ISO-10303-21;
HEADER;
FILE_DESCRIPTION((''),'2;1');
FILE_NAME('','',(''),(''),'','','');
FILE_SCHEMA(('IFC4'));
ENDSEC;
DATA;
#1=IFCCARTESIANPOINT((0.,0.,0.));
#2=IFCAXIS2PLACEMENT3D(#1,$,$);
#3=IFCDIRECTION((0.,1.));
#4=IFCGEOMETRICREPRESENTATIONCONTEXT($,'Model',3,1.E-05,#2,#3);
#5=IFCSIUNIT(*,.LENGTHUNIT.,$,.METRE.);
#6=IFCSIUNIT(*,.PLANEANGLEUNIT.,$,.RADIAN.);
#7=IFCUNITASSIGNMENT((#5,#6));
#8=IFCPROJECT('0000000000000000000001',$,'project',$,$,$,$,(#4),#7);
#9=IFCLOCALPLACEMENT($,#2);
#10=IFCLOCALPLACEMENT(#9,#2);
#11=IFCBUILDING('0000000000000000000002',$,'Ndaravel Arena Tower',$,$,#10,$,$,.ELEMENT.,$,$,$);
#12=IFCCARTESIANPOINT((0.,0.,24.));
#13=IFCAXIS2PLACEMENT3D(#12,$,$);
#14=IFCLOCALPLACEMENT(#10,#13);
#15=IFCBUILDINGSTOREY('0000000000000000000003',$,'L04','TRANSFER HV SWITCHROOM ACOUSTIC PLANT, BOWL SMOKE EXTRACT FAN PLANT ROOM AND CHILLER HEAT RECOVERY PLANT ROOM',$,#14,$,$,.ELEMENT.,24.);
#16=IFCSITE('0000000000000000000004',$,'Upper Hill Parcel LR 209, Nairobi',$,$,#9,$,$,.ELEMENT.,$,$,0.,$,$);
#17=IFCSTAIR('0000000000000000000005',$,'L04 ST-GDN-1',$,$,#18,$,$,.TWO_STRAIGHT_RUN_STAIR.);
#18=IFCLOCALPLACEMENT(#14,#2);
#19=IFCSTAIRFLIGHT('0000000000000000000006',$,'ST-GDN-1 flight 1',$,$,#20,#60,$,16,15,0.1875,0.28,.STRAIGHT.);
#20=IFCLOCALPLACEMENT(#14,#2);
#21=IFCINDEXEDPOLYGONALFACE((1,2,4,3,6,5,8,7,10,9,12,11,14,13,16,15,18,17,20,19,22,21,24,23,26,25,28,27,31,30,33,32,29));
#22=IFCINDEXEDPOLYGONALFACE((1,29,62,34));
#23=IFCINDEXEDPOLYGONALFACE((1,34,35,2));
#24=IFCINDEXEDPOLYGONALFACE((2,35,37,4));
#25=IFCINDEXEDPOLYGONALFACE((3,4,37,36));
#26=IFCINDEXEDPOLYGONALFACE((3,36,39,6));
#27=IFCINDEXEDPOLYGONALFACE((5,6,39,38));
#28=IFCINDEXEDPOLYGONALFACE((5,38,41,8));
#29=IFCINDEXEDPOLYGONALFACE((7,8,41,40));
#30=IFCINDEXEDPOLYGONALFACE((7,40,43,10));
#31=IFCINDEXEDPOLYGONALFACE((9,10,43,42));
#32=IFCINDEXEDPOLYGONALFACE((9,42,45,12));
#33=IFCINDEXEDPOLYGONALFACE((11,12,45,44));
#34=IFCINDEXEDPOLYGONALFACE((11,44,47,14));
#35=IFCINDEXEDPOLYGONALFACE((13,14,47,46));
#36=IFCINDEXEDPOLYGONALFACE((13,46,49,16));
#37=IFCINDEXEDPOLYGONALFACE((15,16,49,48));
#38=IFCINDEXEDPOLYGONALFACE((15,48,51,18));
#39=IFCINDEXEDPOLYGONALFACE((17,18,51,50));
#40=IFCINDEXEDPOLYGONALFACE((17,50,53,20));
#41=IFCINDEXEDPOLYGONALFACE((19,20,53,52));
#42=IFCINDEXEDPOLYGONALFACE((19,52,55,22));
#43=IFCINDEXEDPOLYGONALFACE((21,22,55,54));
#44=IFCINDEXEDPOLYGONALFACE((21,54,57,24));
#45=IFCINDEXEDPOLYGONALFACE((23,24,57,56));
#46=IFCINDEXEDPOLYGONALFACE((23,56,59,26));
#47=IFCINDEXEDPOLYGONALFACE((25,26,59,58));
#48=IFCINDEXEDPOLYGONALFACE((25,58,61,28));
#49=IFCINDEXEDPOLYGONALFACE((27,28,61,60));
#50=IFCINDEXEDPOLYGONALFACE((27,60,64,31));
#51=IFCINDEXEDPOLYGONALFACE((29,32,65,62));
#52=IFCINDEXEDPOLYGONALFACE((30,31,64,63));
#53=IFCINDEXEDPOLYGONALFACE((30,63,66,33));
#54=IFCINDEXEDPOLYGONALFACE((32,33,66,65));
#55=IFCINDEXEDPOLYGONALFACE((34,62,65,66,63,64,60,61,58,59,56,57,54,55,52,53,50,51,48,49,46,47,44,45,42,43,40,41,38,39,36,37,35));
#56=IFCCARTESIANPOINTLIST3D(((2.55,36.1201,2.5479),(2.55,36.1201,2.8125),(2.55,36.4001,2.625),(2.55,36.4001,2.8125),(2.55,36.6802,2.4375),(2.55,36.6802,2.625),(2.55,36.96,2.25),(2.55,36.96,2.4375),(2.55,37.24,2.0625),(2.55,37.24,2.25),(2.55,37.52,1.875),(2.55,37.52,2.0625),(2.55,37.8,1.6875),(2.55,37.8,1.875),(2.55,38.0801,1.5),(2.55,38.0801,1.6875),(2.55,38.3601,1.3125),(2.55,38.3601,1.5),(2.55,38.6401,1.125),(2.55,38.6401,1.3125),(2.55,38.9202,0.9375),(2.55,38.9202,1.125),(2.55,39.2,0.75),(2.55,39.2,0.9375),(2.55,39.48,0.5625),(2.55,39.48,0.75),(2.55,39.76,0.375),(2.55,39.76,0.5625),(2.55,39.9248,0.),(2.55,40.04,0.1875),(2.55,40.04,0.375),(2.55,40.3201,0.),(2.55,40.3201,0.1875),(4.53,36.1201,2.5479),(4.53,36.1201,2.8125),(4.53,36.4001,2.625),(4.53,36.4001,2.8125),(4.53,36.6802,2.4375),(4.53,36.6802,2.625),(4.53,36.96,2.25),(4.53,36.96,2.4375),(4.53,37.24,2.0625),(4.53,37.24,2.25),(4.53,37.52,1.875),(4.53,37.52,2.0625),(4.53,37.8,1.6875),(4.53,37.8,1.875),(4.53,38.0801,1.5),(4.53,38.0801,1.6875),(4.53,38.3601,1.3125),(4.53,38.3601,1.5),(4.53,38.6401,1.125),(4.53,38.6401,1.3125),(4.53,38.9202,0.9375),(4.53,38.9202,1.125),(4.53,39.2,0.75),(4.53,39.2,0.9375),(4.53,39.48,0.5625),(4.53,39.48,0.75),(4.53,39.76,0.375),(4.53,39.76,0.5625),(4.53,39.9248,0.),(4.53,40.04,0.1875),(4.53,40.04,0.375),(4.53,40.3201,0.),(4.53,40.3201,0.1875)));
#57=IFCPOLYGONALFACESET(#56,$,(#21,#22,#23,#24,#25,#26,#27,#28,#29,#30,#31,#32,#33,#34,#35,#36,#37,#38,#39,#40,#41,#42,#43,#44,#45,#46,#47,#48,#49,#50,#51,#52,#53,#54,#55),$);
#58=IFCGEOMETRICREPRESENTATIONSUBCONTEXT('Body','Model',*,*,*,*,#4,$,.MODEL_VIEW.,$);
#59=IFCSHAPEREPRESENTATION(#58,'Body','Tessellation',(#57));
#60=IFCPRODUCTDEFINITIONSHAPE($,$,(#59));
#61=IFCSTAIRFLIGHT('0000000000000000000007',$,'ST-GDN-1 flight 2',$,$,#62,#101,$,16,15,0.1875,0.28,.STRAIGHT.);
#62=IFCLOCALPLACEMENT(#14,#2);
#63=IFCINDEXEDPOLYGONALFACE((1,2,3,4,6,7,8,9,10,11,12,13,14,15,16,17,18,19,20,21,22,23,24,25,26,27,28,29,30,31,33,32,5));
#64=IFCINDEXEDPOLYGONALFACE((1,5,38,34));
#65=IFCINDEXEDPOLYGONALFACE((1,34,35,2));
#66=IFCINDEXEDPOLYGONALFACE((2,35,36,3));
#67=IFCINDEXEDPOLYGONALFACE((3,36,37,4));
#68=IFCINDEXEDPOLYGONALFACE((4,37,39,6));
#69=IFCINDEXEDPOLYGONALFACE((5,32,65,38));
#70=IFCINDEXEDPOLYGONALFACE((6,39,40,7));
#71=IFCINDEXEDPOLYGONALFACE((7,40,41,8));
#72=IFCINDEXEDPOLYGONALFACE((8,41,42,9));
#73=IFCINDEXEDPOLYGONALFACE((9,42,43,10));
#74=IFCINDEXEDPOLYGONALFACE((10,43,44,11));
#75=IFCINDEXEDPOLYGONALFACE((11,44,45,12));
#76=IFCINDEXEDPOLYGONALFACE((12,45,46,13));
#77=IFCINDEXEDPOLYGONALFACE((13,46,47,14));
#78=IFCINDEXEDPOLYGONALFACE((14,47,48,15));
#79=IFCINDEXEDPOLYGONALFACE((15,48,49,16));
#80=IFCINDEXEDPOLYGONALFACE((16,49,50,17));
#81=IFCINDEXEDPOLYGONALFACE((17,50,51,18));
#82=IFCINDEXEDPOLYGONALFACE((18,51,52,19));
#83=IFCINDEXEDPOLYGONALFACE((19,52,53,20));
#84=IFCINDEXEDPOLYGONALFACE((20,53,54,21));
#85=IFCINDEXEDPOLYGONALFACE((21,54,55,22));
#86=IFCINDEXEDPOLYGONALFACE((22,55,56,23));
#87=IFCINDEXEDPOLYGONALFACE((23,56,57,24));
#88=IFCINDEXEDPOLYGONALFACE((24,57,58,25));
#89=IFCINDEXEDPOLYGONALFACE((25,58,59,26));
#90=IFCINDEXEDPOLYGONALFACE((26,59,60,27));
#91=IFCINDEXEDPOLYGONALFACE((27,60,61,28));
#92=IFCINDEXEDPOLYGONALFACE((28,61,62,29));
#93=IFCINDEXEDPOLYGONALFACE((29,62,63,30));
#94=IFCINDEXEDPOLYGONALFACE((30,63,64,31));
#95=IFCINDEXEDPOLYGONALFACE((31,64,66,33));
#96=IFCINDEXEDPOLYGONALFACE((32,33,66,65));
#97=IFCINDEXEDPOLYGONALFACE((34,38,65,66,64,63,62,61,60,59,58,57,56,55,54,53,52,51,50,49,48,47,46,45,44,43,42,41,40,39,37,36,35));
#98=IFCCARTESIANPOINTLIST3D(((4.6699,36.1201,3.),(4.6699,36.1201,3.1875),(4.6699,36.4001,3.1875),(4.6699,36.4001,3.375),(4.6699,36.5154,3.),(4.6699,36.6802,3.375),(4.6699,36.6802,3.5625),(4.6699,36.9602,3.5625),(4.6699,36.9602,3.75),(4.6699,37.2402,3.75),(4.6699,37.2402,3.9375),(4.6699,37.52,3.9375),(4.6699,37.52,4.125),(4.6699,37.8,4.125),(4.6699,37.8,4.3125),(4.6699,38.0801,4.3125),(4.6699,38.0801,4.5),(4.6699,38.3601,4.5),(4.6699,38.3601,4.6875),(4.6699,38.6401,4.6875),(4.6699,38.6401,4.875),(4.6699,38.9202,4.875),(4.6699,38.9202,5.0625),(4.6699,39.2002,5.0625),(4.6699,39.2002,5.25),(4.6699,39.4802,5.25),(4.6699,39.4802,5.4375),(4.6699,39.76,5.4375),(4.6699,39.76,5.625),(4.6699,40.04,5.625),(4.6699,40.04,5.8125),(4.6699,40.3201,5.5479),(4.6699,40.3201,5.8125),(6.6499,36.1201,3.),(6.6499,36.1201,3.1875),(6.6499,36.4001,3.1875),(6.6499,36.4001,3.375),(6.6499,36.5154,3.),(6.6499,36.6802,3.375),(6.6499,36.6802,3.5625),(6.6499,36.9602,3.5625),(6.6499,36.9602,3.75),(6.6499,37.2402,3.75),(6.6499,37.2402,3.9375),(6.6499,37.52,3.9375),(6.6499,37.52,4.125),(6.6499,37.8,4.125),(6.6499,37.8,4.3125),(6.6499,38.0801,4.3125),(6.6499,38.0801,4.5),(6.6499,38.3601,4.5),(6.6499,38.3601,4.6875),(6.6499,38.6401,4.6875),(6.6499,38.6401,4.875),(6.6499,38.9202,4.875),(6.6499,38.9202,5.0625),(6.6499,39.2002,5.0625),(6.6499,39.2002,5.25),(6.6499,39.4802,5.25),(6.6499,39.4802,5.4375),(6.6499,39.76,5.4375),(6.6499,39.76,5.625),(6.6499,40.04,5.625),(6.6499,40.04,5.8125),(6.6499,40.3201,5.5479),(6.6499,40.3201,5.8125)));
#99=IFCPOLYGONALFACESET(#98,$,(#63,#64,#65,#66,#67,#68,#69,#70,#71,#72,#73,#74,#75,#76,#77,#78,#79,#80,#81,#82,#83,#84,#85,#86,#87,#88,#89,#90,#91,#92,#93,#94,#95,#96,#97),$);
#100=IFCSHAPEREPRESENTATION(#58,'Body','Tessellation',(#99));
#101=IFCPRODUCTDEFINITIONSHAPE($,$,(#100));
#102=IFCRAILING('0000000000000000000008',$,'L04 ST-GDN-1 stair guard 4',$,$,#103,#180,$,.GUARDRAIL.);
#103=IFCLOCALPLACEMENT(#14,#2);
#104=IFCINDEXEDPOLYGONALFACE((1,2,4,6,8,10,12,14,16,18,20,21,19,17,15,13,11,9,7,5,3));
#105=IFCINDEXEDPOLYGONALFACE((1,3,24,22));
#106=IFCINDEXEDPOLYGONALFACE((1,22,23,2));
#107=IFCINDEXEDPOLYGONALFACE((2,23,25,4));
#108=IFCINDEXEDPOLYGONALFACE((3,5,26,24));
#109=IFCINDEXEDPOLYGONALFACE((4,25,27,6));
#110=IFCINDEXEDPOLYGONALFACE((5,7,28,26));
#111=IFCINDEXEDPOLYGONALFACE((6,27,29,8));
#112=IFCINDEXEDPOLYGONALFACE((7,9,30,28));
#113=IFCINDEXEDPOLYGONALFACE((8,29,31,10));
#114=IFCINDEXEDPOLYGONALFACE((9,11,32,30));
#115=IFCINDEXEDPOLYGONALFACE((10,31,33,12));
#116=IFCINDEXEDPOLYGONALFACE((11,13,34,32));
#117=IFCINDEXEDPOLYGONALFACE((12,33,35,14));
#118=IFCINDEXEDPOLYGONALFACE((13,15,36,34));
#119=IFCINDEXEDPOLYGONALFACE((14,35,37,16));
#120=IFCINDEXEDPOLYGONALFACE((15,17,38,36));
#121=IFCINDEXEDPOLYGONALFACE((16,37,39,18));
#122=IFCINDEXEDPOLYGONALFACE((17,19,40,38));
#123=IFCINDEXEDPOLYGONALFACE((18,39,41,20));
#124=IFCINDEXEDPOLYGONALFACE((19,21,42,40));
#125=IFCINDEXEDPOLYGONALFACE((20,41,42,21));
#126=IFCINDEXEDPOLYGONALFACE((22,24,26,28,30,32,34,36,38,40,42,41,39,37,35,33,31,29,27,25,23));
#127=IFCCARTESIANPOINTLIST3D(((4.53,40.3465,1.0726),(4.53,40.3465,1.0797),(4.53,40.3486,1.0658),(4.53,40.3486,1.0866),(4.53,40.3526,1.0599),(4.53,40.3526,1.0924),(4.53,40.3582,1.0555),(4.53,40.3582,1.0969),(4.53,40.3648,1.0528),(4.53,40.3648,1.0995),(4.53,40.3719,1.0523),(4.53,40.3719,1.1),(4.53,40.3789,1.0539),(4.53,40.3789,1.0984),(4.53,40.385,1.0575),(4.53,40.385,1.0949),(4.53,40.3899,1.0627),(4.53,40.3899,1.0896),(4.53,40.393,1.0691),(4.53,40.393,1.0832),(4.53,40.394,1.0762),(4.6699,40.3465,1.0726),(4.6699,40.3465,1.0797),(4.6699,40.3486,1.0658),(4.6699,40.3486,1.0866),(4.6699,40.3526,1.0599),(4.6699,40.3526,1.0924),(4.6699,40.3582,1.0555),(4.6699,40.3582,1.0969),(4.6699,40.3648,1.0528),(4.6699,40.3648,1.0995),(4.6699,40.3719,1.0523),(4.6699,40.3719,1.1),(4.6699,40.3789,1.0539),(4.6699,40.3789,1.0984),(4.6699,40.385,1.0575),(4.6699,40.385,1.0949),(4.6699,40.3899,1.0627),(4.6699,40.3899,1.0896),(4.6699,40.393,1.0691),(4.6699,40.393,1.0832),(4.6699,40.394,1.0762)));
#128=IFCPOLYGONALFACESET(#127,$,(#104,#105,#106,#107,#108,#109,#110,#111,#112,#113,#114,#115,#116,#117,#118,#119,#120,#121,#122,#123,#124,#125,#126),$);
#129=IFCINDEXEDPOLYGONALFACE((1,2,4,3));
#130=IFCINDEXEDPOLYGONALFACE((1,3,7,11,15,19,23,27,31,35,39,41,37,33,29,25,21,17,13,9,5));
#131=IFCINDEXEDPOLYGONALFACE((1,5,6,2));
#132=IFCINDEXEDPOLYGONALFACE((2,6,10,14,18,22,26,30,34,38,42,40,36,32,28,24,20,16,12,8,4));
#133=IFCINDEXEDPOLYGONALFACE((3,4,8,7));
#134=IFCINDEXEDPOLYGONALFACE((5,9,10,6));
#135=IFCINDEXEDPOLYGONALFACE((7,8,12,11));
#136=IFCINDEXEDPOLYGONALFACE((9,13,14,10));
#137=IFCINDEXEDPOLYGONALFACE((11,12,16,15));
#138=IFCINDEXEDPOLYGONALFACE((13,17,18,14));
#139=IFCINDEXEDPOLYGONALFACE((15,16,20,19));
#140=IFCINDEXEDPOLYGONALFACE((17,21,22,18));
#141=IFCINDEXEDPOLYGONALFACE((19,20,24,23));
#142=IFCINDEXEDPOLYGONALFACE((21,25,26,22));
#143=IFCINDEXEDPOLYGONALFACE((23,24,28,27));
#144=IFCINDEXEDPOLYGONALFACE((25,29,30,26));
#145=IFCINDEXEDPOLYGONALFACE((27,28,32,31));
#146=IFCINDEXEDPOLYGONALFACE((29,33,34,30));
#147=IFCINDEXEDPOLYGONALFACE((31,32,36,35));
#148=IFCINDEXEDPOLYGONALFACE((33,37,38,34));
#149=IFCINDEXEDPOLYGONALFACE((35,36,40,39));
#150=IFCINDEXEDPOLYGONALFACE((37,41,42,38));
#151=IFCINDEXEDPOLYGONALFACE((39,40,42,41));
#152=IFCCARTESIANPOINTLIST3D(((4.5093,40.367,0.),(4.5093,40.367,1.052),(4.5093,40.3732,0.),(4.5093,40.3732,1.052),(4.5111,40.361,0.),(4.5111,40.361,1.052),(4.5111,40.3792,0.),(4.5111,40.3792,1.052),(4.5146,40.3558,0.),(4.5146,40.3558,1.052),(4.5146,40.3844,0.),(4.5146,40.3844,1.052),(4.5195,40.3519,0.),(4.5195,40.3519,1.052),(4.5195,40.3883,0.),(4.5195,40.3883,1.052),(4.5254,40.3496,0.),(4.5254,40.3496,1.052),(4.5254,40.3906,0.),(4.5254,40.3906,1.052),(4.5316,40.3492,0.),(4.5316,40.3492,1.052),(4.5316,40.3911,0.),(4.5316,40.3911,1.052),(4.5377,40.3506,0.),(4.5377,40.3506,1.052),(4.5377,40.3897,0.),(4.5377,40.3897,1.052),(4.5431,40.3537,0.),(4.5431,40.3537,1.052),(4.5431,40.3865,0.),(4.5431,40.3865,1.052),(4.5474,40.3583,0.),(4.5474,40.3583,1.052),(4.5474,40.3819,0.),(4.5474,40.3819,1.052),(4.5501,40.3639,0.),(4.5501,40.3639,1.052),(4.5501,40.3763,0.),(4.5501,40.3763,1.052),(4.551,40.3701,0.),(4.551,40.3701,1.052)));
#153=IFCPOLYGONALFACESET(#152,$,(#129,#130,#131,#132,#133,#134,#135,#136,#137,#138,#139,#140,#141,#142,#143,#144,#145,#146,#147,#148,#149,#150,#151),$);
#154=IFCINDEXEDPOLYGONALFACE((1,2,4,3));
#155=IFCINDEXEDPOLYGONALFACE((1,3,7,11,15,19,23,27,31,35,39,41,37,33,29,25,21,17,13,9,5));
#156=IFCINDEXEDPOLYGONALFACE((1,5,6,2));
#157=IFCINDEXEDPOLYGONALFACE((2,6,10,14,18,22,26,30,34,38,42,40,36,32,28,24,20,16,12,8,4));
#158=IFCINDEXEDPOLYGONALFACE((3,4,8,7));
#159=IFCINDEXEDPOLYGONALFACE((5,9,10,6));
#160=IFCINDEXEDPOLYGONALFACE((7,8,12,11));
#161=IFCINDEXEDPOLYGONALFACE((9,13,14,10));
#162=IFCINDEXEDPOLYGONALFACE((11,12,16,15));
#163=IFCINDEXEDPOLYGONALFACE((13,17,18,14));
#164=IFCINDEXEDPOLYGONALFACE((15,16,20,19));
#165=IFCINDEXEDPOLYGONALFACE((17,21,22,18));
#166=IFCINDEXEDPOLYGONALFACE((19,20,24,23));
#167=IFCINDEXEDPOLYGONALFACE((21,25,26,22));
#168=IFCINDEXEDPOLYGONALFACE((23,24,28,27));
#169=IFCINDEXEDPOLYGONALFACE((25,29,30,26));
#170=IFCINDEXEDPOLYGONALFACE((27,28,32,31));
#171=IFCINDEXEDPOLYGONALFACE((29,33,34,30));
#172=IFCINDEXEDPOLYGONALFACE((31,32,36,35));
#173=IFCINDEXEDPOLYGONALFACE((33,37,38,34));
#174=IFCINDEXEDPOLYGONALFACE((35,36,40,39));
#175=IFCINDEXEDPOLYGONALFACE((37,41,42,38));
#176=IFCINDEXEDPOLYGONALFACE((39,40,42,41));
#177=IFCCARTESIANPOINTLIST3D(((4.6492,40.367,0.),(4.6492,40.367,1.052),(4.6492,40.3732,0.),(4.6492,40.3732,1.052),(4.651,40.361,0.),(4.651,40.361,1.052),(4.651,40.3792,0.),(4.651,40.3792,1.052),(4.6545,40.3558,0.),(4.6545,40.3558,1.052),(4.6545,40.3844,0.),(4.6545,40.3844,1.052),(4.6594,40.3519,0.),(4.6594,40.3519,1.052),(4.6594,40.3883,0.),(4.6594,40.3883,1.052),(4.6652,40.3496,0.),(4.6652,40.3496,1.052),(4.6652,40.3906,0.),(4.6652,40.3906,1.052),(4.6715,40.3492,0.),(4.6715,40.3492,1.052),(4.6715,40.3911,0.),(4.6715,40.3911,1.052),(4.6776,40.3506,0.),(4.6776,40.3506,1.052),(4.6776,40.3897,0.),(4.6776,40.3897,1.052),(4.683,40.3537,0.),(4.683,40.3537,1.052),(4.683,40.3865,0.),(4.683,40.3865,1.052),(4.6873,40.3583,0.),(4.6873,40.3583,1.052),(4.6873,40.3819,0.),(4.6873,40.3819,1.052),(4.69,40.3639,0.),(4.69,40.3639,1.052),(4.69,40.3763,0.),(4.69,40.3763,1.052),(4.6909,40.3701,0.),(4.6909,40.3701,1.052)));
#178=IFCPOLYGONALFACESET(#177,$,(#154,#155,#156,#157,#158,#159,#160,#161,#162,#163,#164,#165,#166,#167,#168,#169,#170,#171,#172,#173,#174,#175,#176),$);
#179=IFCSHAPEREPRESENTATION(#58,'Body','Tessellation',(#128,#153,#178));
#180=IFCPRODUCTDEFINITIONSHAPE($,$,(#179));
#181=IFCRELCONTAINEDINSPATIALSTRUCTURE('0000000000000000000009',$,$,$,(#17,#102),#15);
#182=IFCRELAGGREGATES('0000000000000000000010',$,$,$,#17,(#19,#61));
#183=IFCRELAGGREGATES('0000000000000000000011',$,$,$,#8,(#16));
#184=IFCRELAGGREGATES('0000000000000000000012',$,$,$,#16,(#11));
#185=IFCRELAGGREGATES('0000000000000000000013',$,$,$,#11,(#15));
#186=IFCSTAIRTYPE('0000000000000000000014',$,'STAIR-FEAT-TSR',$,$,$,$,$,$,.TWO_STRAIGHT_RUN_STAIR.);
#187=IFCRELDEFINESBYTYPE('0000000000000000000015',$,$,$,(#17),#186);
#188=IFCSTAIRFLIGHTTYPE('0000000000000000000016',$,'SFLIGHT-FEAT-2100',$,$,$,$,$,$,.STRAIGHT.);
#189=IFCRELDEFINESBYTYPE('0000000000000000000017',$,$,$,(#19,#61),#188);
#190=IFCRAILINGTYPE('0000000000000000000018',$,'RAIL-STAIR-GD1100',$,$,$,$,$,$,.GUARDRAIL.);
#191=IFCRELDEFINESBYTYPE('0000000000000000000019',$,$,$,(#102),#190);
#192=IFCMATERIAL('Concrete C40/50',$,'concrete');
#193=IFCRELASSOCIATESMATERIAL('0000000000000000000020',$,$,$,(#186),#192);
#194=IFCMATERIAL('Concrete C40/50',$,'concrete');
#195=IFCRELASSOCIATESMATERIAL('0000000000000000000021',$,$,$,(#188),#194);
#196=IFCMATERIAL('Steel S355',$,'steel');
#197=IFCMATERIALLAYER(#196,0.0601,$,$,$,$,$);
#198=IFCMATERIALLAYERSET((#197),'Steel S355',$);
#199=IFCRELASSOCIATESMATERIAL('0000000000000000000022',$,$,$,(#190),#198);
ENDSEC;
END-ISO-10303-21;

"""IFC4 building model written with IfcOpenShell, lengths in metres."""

from ifc_helpers import new_model, si_unit, direction, frame, origin, origin_2d, place, context, subcontext, project, spatial, polyline, circle, outline, extrude, material, layer, layer_set, type_object, element, aggregate, save


model = new_model("IFC4")

# Units and contexts
model_context = context("Model", 3, precision=1e-05, world=origin(), true_north=direction((0.0, 1.0)))
body_context = subcontext(model_context, "Body", "Model", "MODEL_VIEW")
ifc_project = project(units=[si_unit("LENGTHUNIT", "METRE"), si_unit("PLANEANGLEUNIT", "RADIAN")], contexts=[model_context])

# Site, building, storey
site_placement = place(None, origin())
site = spatial("IfcSite", under=ifc_project, at=site_placement, Name="Upper Hill Parcel LR 209, Nairobi", CompositionType="ELEMENT", RefElevation=0.0)
building_placement = place(site_placement, origin())
building = spatial("IfcBuilding", under=site, at=building_placement, Name="Ndaravel Arena Tower", CompositionType="ELEMENT")
storey_placement = place(building_placement, frame((0.0, 0.0, 24.0)))
storey = spatial("IfcBuildingStorey", under=building, at=storey_placement, Name="L04", Description="TRANSFER HV SWITCHROOM ACOUSTIC PLANT, BOWL SMOKE EXTRACT FAN PLANT ROOM AND CHILLER HEAT RECOVERY PLANT ROOM", CompositionType="ELEMENT", Elevation=24.0)

# Stair, stair flights
ifc_material_1 = material(Name="Concrete C40/50", Category="concrete")
stair_type = type_object("IfcStairType", Name="STAIR-FEAT-TSR", PredefinedType="TWO_STRAIGHT_RUN_STAIR", material=ifc_material_1)
stair_placement = place(storey_placement, origin())
stair = element("IfcStair", 1, at=stair_placement, inside=storey, type_object=stair_type, Name="L04 ST-GDN-1", PredefinedType="TWO_STRAIGHT_RUN_STAIR")
ifc_material_2 = material(Name="Concrete C40/50", Category="concrete")
stair_flight_type = type_object("IfcStairFlightType", Name="SFLIGHT-FEAT-2100", PredefinedType="STRAIGHT", material=ifc_material_2)
stair_flight_1_placement = place(storey_placement, frame((3.54, 40.3201, 0.0), z_axis=(0.0, 0.0, 1.0), x_axis=(0.0, -1.0, 0.0)))
stair_flight_1 = element("IfcStairFlight", 2, at=stair_flight_1_placement, type_object=stair_flight_type, Name="ST-GDN-1 flight 1", NumberOfRisers=16, NumberOfTreads=15, PredefinedType="STRAIGHT", RiserHeight=0.1875, TreadLength=0.28, context=body_context, shape_type="SweptSolid", body=[
    extrude(outline(polyline([(0.0, 0.0), (0.0, 0.1875), (0.28, 0.1875), (0.28, 0.375), (0.5601, 0.375), (0.5601, 0.5625), (0.8401, 0.5625), (0.8401, 0.75), (1.1201, 0.75), (1.1201, 0.9375), (1.3999, 0.9375), (1.3999, 1.125), (1.6799, 1.125), (1.6799, 1.3125), (1.96, 1.3125), (1.96, 1.5), (2.24, 1.5), (2.24, 1.6875), (2.52, 1.6875), (2.52, 1.875), (2.8, 1.875), (2.8, 2.0625), (3.0801, 2.0625), (3.0801, 2.25), (3.3601, 2.25), (3.3601, 2.4375), (3.6399, 2.4375), (3.6399, 2.625), (3.9199, 2.625), (3.9199, 2.8125), (4.2, 2.8125), (4.2, 3.0), (4.2, 2.5479), (0.3953, 0.0), (0.0, 0.0)])), frame((0.0, 0.99, 0.0), z_axis=(0.0, -1.0, 0.0), x_axis=(1.0, 0.0, 0.0)), (0.0, 0.0, 1.0), 1.98),
])
stair_flight_2_placement = place(storey_placement, frame((5.6599, 36.1201, 3.0), z_axis=(0.0, 0.0, 1.0), x_axis=(0.0, 1.0, 0.0)))
stair_flight_2 = element("IfcStairFlight", 3, at=stair_flight_2_placement, type_object=stair_flight_type, Name="ST-GDN-1 flight 2", NumberOfRisers=16, NumberOfTreads=15, PredefinedType="STRAIGHT", RiserHeight=0.1875, TreadLength=0.28, context=body_context, shape_type="SweptSolid", body=[
    extrude(outline(polyline([(0.0, 0.0), (0.0, 0.1875), (0.28, 0.1875), (0.28, 0.375), (0.5601, 0.375), (0.5601, 0.5625), (0.8401, 0.5625), (0.8401, 0.75), (1.1201, 0.75), (1.1201, 0.9375), (1.3999, 0.9375), (1.3999, 1.125), (1.6799, 1.125), (1.6799, 1.3125), (1.96, 1.3125), (1.96, 1.5), (2.24, 1.5), (2.24, 1.6875), (2.52, 1.6875), (2.52, 1.875), (2.8, 1.875), (2.8, 2.0625), (3.0801, 2.0625), (3.0801, 2.25), (3.3601, 2.25), (3.3601, 2.4375), (3.6399, 2.4375), (3.6399, 2.625), (3.9199, 2.625), (3.9199, 2.8125), (4.2, 2.8125), (4.2, 3.0), (4.2, 2.5479), (0.3953, 0.0), (0.0, 0.0)])), frame((0.0, 0.99, 0.0), z_axis=(0.0, -1.0, 0.0), x_axis=(1.0, 0.0, 0.0)), (0.0, 0.0, 1.0), 1.98),
])
aggregate(stair, [stair_flight_1, stair_flight_2])

# Railing
ifc_material_3 = material(Name="Steel S355", Category="steel")
ifc_layer_1 = layer(ifc_material_3, 0.0601)
ifc_layer_set_1 = layer_set([ifc_layer_1], Name="Steel S355")
railing_type_1 = type_object("IfcRailingType", Name="RAIL-STAIR-GD1100", PredefinedType="GUARDRAIL", material=ifc_layer_set_1)
railing_1_placement = place(storey_placement, frame((4.53, 40.3701, 0.0)))
element("IfcRailing", 4, at=railing_1_placement, inside=storey, type_object=railing_type_1, Name="L04 ST-GDN-1 stair guard 4", PredefinedType="GUARDRAIL", context=body_context, shape_type="SweptSolid", body=[
    extrude(circle(Radius=0.0239, at=origin_2d()), frame((0.0, 0.0, 1.0762), z_axis=(1.0, 0.0, 0.0), x_axis=(0.0, 1.0, 0.0)), (0.0, 0.0, 1.0), 0.1399),
    extrude(circle(Radius=0.021, at=origin_2d()), origin(), (0.0, 0.0, 1.0), 1.052),
    extrude(circle(Radius=0.021, at=origin_2d()), frame((0.1399, 0.0, 0.0)), (0.0, 0.0, 1.0), 1.052),
])

save(model, "model.ifc")
